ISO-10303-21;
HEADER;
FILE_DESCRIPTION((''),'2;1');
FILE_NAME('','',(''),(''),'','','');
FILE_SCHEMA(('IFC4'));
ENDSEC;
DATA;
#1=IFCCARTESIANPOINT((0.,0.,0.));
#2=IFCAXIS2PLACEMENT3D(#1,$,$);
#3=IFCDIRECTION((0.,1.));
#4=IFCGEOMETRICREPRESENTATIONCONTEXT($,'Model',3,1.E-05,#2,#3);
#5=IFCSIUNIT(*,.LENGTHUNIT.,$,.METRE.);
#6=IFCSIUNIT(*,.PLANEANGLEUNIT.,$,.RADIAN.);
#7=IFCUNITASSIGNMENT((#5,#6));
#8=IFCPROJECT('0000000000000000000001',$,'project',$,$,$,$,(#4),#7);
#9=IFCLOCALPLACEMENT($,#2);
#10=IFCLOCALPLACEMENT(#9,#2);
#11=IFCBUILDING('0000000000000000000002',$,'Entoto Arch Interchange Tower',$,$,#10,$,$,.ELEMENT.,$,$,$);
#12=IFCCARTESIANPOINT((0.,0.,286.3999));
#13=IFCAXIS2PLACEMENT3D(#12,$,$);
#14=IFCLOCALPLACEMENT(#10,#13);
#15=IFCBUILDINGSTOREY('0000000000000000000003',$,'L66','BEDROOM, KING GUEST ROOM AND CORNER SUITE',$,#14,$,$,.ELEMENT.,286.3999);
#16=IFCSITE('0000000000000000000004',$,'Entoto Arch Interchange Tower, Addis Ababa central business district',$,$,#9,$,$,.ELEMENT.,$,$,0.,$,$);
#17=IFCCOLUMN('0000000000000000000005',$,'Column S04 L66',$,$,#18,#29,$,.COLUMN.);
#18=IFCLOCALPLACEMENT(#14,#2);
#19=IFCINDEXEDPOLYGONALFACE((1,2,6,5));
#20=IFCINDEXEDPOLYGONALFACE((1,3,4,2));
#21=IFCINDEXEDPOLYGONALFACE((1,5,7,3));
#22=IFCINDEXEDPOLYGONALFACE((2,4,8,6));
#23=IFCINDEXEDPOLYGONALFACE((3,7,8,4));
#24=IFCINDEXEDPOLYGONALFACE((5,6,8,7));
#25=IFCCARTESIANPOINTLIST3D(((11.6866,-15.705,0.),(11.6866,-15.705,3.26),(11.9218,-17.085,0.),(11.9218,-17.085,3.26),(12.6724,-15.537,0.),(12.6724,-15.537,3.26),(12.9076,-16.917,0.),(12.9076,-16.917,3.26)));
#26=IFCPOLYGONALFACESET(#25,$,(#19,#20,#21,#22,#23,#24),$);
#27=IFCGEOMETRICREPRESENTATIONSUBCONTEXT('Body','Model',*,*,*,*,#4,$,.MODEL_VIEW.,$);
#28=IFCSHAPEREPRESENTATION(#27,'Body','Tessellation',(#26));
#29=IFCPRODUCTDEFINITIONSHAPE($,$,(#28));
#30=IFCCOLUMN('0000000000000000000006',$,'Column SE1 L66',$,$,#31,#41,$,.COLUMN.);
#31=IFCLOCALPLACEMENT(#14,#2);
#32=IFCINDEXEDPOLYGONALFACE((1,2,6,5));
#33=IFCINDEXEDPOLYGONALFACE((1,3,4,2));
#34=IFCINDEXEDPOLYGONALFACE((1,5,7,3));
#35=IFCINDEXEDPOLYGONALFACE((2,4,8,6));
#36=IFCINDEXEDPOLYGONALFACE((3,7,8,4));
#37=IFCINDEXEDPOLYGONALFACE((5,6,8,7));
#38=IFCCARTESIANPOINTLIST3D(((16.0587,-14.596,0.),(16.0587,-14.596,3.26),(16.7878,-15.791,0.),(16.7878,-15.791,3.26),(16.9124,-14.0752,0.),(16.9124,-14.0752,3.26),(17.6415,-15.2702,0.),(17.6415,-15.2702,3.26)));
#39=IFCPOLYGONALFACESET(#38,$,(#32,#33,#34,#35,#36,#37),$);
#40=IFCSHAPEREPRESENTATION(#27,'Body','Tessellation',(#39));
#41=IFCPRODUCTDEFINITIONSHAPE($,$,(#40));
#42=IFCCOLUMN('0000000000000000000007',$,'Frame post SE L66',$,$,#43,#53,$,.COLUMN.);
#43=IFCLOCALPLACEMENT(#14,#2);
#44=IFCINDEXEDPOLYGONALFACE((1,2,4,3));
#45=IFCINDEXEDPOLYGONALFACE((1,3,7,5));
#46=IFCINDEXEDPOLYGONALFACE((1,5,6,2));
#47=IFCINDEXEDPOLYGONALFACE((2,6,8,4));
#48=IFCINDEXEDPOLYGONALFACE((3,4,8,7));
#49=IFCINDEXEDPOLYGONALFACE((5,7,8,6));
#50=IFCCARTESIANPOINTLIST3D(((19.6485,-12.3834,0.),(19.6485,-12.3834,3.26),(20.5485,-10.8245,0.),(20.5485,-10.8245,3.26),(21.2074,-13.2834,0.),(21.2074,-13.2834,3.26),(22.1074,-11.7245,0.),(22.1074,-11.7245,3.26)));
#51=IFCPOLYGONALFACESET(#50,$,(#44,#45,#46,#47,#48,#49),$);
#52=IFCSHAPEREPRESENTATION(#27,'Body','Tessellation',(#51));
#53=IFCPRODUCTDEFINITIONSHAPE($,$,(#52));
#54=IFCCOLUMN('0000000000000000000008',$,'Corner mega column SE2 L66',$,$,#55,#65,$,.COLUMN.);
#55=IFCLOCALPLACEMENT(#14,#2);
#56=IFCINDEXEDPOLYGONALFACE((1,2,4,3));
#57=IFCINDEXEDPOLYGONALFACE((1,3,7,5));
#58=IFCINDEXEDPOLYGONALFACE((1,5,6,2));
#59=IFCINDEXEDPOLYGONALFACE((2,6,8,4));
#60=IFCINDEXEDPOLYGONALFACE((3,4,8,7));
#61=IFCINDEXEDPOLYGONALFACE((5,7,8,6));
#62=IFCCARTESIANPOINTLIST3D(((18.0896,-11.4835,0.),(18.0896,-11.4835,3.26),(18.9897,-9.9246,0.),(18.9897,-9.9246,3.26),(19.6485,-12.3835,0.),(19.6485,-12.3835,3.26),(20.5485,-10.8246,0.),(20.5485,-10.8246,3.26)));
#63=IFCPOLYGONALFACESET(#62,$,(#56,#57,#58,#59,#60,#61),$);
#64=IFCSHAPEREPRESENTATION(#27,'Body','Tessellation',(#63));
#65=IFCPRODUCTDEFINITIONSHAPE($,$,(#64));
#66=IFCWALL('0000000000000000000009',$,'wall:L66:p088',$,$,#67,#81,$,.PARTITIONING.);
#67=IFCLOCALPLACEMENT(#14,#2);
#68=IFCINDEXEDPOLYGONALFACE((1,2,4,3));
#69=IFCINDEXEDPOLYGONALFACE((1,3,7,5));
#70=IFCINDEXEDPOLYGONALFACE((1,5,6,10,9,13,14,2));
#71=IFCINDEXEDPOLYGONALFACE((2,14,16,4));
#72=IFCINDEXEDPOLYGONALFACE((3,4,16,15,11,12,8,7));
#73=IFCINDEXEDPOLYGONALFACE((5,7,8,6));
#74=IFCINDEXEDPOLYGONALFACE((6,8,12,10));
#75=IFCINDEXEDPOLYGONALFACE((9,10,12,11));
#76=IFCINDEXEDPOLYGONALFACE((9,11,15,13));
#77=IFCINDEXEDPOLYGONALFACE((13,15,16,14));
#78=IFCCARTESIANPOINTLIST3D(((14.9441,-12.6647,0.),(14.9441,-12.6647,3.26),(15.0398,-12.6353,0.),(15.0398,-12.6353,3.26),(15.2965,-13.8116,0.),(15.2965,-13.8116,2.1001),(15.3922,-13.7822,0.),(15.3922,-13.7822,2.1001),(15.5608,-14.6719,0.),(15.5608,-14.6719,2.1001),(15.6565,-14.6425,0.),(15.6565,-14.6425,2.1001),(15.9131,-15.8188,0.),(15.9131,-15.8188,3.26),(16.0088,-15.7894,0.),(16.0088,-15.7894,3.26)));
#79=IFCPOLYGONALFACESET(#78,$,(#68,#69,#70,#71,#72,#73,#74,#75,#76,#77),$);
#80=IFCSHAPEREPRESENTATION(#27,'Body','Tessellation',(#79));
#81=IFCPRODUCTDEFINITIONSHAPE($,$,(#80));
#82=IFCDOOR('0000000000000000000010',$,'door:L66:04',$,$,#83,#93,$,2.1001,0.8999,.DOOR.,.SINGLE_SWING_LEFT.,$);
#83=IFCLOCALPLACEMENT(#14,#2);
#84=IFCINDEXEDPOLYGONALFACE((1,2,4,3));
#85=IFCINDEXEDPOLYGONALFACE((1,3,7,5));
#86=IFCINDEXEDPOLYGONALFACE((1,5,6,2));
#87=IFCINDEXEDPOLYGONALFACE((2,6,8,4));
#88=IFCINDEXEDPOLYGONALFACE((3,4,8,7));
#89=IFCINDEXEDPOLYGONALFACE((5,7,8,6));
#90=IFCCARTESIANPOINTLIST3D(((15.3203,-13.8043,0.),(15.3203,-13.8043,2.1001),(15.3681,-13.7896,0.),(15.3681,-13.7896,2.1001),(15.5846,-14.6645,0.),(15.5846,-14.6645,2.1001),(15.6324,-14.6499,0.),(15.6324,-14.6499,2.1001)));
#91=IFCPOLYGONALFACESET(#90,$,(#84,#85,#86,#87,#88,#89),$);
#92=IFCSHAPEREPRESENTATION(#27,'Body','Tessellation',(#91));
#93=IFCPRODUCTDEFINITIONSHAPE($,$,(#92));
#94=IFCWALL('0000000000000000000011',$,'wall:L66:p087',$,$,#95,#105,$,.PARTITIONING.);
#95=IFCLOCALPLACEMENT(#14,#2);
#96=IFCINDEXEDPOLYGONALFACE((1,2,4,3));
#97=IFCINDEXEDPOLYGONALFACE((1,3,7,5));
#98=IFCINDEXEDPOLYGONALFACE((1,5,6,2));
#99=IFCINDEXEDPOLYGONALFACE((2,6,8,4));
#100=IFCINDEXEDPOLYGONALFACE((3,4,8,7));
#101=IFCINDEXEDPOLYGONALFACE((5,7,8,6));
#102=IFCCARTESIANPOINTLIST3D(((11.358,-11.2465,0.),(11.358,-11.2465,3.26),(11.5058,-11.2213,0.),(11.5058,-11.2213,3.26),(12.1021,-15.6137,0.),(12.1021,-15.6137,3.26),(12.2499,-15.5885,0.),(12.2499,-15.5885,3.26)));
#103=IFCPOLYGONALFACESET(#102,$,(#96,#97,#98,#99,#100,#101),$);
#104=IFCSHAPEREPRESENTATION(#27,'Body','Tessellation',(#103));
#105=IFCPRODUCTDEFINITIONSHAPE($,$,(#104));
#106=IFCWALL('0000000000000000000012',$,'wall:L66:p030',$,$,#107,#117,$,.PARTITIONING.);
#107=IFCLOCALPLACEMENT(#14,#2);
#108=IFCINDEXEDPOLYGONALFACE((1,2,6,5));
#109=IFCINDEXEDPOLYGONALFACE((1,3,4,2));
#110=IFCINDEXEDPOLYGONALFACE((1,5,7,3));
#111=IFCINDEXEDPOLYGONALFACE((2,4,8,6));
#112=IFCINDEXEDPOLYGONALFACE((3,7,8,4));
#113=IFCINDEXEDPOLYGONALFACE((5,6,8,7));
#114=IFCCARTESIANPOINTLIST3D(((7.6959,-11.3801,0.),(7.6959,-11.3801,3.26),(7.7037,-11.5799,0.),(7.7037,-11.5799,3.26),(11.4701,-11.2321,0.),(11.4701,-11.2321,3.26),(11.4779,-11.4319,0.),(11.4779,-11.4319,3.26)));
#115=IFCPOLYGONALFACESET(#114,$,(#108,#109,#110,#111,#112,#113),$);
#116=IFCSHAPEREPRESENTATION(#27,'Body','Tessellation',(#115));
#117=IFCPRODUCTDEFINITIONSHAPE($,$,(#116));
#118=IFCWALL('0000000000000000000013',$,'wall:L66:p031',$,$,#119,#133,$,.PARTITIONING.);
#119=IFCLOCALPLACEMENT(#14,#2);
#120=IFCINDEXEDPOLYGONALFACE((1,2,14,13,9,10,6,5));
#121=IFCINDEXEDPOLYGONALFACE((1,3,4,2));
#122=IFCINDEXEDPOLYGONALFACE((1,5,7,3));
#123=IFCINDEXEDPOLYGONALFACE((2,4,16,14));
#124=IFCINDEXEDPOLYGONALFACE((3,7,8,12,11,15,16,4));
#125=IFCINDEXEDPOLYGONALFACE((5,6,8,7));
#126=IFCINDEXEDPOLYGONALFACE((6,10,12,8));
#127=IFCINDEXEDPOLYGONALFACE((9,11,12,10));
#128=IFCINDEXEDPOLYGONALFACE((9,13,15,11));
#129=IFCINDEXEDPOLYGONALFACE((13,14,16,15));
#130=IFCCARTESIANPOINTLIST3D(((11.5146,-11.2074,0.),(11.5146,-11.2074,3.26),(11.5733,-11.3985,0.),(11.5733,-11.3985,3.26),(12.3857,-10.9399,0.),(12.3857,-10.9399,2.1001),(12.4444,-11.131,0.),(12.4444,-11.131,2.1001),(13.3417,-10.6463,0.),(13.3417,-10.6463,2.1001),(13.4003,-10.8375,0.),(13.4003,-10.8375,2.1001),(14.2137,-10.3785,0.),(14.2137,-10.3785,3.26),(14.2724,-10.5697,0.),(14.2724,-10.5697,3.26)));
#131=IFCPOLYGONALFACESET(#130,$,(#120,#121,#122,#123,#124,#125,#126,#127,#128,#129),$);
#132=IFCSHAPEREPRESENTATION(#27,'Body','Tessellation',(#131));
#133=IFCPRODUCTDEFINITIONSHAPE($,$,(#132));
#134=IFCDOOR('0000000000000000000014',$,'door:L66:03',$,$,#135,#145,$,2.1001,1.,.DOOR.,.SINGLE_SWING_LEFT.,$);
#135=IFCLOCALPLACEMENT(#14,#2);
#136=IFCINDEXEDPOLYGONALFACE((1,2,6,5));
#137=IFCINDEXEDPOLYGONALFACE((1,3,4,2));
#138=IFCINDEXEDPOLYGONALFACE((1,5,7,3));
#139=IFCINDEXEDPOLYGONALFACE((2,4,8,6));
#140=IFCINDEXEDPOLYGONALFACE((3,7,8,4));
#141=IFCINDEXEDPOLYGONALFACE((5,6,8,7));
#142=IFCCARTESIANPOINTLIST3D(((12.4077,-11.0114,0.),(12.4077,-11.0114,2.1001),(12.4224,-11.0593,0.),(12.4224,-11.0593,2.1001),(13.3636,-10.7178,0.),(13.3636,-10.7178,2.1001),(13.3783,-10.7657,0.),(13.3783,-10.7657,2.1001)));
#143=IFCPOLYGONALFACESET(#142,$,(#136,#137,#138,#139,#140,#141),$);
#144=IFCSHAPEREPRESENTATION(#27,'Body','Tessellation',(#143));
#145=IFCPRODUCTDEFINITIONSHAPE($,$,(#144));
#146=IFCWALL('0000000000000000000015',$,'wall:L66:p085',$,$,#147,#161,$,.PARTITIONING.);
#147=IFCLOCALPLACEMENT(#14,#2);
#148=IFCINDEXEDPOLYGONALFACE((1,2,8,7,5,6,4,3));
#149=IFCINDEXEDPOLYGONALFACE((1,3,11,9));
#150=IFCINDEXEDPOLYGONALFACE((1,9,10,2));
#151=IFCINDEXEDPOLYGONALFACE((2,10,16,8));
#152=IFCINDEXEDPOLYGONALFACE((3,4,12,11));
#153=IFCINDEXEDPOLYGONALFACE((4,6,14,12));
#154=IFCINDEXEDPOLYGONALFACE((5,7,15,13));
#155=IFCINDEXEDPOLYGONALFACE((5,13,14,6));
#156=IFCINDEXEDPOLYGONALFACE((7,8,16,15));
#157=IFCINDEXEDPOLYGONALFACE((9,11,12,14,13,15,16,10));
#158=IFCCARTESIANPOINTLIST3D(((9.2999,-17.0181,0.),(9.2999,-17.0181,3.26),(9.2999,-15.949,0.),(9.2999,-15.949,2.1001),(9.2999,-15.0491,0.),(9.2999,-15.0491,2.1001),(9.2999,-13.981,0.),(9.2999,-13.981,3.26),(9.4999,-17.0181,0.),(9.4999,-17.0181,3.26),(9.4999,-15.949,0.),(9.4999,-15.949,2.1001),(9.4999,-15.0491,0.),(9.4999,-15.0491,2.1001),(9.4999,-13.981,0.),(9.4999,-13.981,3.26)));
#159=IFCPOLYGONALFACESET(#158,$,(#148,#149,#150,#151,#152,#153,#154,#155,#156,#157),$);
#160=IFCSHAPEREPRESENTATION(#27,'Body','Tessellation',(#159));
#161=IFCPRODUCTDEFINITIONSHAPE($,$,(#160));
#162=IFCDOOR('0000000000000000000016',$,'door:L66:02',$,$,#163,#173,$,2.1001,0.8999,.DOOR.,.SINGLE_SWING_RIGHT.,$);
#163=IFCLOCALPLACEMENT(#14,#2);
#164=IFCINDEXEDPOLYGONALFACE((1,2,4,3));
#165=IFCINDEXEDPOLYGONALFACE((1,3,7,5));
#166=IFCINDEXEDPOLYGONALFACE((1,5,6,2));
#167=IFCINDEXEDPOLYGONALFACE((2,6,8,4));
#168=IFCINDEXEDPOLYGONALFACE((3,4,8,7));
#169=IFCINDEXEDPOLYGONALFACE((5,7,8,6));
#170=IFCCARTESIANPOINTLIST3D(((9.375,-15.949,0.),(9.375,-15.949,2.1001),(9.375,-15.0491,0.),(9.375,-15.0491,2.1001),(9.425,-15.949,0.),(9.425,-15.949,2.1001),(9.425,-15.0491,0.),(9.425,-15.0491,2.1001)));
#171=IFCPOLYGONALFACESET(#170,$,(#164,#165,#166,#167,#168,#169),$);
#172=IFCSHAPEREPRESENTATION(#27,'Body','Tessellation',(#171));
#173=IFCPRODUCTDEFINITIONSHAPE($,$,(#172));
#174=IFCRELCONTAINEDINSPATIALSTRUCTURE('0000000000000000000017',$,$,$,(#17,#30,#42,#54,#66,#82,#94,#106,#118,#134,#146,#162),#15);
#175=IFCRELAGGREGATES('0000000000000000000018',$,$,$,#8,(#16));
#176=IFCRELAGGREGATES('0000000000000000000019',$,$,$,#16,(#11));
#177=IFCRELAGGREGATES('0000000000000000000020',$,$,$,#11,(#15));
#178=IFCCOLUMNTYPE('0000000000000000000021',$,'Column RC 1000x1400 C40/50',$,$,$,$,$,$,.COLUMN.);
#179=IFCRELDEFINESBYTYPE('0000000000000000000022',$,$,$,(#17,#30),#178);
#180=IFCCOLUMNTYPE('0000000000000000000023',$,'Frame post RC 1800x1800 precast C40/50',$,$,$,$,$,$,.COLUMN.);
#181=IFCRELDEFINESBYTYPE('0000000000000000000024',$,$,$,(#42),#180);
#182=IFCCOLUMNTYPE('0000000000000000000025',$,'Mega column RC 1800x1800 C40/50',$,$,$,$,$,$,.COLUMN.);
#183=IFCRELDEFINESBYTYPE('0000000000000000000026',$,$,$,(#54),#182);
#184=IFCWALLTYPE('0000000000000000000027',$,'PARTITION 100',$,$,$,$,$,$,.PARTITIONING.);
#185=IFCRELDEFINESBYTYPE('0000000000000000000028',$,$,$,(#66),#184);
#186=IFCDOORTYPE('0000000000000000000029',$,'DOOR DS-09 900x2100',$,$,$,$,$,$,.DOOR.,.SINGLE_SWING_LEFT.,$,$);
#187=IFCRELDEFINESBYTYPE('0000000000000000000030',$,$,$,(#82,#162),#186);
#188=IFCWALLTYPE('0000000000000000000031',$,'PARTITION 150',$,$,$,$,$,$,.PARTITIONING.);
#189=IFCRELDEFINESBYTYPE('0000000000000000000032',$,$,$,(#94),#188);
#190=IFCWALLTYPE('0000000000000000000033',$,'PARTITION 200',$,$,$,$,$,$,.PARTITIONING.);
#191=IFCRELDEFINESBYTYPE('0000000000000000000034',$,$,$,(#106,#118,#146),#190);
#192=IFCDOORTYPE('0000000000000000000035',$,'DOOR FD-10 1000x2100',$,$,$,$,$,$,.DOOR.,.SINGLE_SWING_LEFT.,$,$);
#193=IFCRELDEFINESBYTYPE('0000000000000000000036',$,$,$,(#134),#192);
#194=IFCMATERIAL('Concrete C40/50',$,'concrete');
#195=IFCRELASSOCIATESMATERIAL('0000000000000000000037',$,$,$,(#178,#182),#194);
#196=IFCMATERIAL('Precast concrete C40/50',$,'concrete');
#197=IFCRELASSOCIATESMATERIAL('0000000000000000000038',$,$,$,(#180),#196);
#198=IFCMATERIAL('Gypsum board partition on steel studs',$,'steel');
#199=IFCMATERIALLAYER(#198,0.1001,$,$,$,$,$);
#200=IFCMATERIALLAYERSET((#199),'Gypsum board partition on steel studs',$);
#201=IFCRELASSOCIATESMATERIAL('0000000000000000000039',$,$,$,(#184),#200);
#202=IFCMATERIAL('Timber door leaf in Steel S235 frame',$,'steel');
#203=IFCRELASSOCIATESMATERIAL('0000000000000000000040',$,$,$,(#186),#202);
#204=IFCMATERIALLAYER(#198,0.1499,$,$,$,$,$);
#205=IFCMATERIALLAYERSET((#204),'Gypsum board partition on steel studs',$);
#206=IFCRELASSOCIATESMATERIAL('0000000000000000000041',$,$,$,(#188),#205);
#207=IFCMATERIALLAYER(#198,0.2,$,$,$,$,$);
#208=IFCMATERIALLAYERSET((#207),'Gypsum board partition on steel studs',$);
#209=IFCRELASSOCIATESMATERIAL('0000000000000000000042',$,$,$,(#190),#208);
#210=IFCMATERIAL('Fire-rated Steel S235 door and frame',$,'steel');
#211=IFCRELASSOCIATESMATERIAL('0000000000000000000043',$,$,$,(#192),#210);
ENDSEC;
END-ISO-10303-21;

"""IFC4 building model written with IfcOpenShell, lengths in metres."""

from ifc_helpers import new_model, si_unit, direction, frame, frame_2d, origin, origin_2d, place, context, subcontext, project, spatial, rectangle, extrude, material, layer, layer_set, material_profile, profile_set, type_object, element, fill, save


model = new_model("IFC4")

# Units and contexts
model_context = context("Model", 3, precision=1e-05, world=origin(), true_north=direction((0.0, 1.0)))
body_context = subcontext(model_context, "Body", "Model", "MODEL_VIEW")
ifc_project = project(units=[si_unit("LENGTHUNIT", "METRE"), si_unit("PLANEANGLEUNIT", "RADIAN")], contexts=[model_context])

# Site, building, storey
site_placement = place(None, origin())
site = spatial("IfcSite", under=ifc_project, at=site_placement, Name="Entoto Arch Interchange Tower, Addis Ababa central business district", CompositionType="ELEMENT", RefElevation=0.0)
building_placement = place(site_placement, origin())
building = spatial("IfcBuilding", under=site, at=building_placement, Name="Entoto Arch Interchange Tower", CompositionType="ELEMENT")
storey_placement = place(building_placement, frame((0.0, 0.0, 286.3999)))
storey = spatial("IfcBuildingStorey", under=building, at=storey_placement, Name="L66", Description="BEDROOM, KING GUEST ROOM AND CORNER SUITE", CompositionType="ELEMENT", Elevation=286.3999)

# Columns
ifc_material_1 = material(Name="Concrete C40/50", Category="concrete")
ifc_material_profile_1 = material_profile(ifc_material_1, rectangle(XDim=1.0, YDim=1.3999, at=origin_2d()))
ifc_profile_set_1 = profile_set([ifc_material_profile_1], Name="Concrete C40/50")
column_type_1 = type_object("IfcColumnType", Name="Column RC 1000x1400 C40/50", PredefinedType="COLUMN", material=ifc_profile_set_1)
for number, where, z_axis, x_axis, name in (
    (1, (12.2971, -16.311, 0.0), (0.0, 0.0, 1.0), (0.985786, 0.168008, 0.0), "Column S04 L66"),
    (2, (16.8501, -14.9331, 0.0), (0.0, 0.0, 1.0), (0.853651, 0.520846, 0.0), "Column SE1 L66"),
):
    element("IfcColumn", number, at=place(storey_placement, frame(where, z_axis=z_axis, x_axis=x_axis)), inside=storey, type_object=column_type_1, Name=name, PredefinedType="COLUMN", context=body_context, shape_type="SweptSolid", body=[
        extrude(rectangle(XDim=1.0, YDim=1.3999, at=origin_2d()), origin(), (0.0, 0.0, 1.0), 3.26),
    ])
ifc_material_2 = material(Name="Precast concrete C40/50", Category="concrete")
ifc_material_profile_2 = material_profile(ifc_material_2, rectangle(XDim=1.8, YDim=1.8, at=origin_2d()))
ifc_profile_set_2 = profile_set([ifc_material_profile_2], Name="Precast concrete C40/50")
column_type_2 = type_object("IfcColumnType", Name="Frame post RC 1800x1800 precast C40/50", PredefinedType="COLUMN", material=ifc_profile_set_2)
column_1_placement = place(storey_placement, frame((20.8779, -12.054, 0.0), z_axis=(0.0, 0.0, 1.0), x_axis=(-0.866025, 0.5, 0.0)))
element("IfcColumn", 3, at=column_1_placement, inside=storey, type_object=column_type_2, Name="Frame post SE L66", PredefinedType="COLUMN", context=body_context, shape_type="SweptSolid", body=[
    extrude(rectangle(XDim=1.8, YDim=1.8, at=origin_2d()), origin(), (0.0, 0.0, 1.0), 3.26),
])
ifc_material_profile_3 = material_profile(ifc_material_1, rectangle(XDim=1.8, YDim=1.8, at=origin_2d()))
ifc_profile_set_3 = profile_set([ifc_material_profile_3], Name="Concrete C40/50")
column_type_3 = type_object("IfcColumnType", Name="Mega column RC 1800x1800 C40/50", PredefinedType="COLUMN", material=ifc_profile_set_3)
column_2_placement = place(storey_placement, frame((19.3191, -11.1541, 0.0), z_axis=(0.0, 0.0, 1.0), x_axis=(-0.866025, 0.5, 0.0)))
element("IfcColumn", 4, at=column_2_placement, inside=storey, type_object=column_type_3, Name="Corner mega column SE2 L66", PredefinedType="COLUMN", context=body_context, shape_type="SweptSolid", body=[
    extrude(rectangle(XDim=1.8, YDim=1.8, at=origin_2d()), origin(), (0.0, 0.0, 1.0), 3.26),
])

# Wall, opening, door
ifc_material_3 = material(Name="Gypsum board partition on steel studs", Category="steel")
ifc_layer_1 = layer(ifc_material_3, 0.1001)
ifc_layer_set_1 = layer_set([ifc_layer_1], Name="Gypsum board partition on steel studs")
wall_type_1 = type_object("IfcWallType", Name="PARTITION 100", PredefinedType="PARTITIONING", material=ifc_layer_set_1)
wall_1_placement = place(storey_placement, frame((14.9919, -12.6499, 0.0), z_axis=(0.0, 0.0, 1.0), x_axis=(0.293675, -0.955905, 0.0)))
wall_1 = element("IfcWall", 5, at=wall_1_placement, inside=storey, type_object=wall_type_1, Name="wall:L66:p088", PredefinedType="PARTITIONING", context=body_context, shape_type="SweptSolid", body=[
    extrude(rectangle(XDim=3.2996, YDim=0.1001, at=frame_2d((1.6499, 0.0))), origin(), (0.0, 0.0, 1.0), 3.26),
])
opening_1_placement = place(wall_1_placement, frame((1.2, 0.0, 0.0)))
opening_1 = element("IfcOpeningElement", 6, at=opening_1_placement, cuts=wall_1, PredefinedType="OPENING", context=body_context, shape_type="SweptSolid", body=[
    extrude(rectangle(XDim=0.8999, YDim=2.1001, at=frame_2d((0.45, 1.05))), frame((0.0, 0.0601, 0.0), z_axis=(0.0, -1.0, 0.0), x_axis=(1.0, 0.0, 0.0)), (0.0, 0.0, 1.0), 0.1201),
])
ifc_material_4 = material(Name="Timber door leaf in Steel S235 frame", Category="steel")
door_type_1 = type_object("IfcDoorType", Name="DOOR DS-09 900x2100", OperationType="SINGLE_SWING_LEFT", PredefinedType="DOOR", material=ifc_material_4)
door_1_placement = place(opening_1_placement, origin())
door_1 = element("IfcDoor", 7, at=door_1_placement, inside=storey, type_object=door_type_1, Name="door:L66:04", OperationType="SINGLE_SWING_LEFT", OverallHeight=2.1001, OverallWidth=0.8999, PredefinedType="DOOR", context=body_context, shape_type="SweptSolid", body=[
    extrude(rectangle(XDim=0.8999, YDim=2.1001, at=frame_2d((0.45, 1.05))), frame((0.0, 0.0249, 0.0), z_axis=(0.0, -1.0, 0.0), x_axis=(1.0, 0.0, 0.0)), (0.0, 0.0, 1.0), 0.05),
])
fill(opening_1, door_1)

# Walls
ifc_layer_2 = layer(ifc_material_3, 0.1499)
ifc_layer_set_2 = layer_set([ifc_layer_2], Name="Gypsum board partition on steel studs")
wall_type_2 = type_object("IfcWallType", Name="PARTITION 150", PredefinedType="PARTITIONING", material=ifc_layer_set_2)
wall_2_placement = place(storey_placement, frame((11.4319, -11.2339, 0.0), z_axis=(0.0, 0.0, 1.0), x_axis=(0.167973, -0.985792, 0.0)))
element("IfcWall", 8, at=wall_2_placement, inside=storey, type_object=wall_type_2, Name="wall:L66:p087", PredefinedType="PARTITIONING", context=body_context, shape_type="SweptSolid", body=[
    extrude(rectangle(XDim=4.4302, YDim=0.1499, at=frame_2d((2.2151, 0.0))), origin(), (0.0, 0.0, 1.0), 3.26),
])
ifc_layer_3 = layer(ifc_material_3, 0.2)
ifc_layer_set_3 = layer_set([ifc_layer_3], Name="Gypsum board partition on steel studs")
wall_type_3 = type_object("IfcWallType", Name="PARTITION 200", PredefinedType="PARTITIONING", material=ifc_layer_set_3)
wall_3_placement = place(storey_placement, frame((11.4741, -11.332, 0.0), z_axis=(0.0, 0.0, 1.0), x_axis=(-0.999233, -0.03917, 0.0)))
element("IfcWall", 9, at=wall_3_placement, inside=storey, type_object=wall_type_3, Name="wall:L66:p030", PredefinedType="PARTITIONING", context=body_context, shape_type="SweptSolid", body=[
    extrude(rectangle(XDim=3.7771, YDim=0.2, at=frame_2d((1.8887, 0.0))), origin(), (0.0, 0.0, 1.0), 3.26),
])

# Walls, openings, doors
wall_4_placement = place(storey_placement, frame((14.2429, -10.4741, 0.0), z_axis=(0.0, 0.0, 1.0), x_axis=(-0.955938, -0.293569, 0.0)))
wall_4 = element("IfcWall", 10, at=wall_4_placement, inside=storey, type_object=wall_type_3, Name="wall:L66:p031", PredefinedType="PARTITIONING", context=body_context, shape_type="SweptSolid", body=[
    extrude(rectangle(XDim=2.8235, YDim=0.2, at=frame_2d((1.4116, 0.0))), origin(), (0.0, 0.0, 1.0), 3.26),
])
opening_2_placement = place(wall_4_placement, frame((0.9121, 0.0, 0.0)))
opening_2 = element("IfcOpeningElement", 11, at=opening_2_placement, cuts=wall_4, PredefinedType="OPENING", context=body_context, shape_type="SweptSolid", body=[
    extrude(rectangle(XDim=1.0, YDim=2.1001, at=frame_2d((0.5, 1.05))), frame((0.0, 0.1099, 0.0), z_axis=(0.0, -1.0, 0.0), x_axis=(1.0, 0.0, 0.0)), (0.0, 0.0, 1.0), 0.22),
])
ifc_material_5 = material(Name="Fire-rated Steel S235 door and frame", Category="steel")
door_type_2 = type_object("IfcDoorType", Name="DOOR FD-10 1000x2100", OperationType="SINGLE_SWING_LEFT", PredefinedType="DOOR", material=ifc_material_5)
door_2_placement = place(opening_2_placement, origin())
door_2 = element("IfcDoor", 12, at=door_2_placement, inside=storey, type_object=door_type_2, Name="door:L66:03", OperationType="SINGLE_SWING_LEFT", OverallHeight=2.1001, OverallWidth=1.0, PredefinedType="DOOR", context=body_context, shape_type="SweptSolid", body=[
    extrude(rectangle(XDim=1.0, YDim=2.1001, at=frame_2d((0.5, 1.05))), frame((0.0, 0.0249, 0.0), z_axis=(0.0, -1.0, 0.0), x_axis=(1.0, 0.0, 0.0)), (0.0, 0.0, 1.0), 0.05),
])
fill(opening_2, door_2)
wall_5_placement = place(storey_placement, frame((9.3999, -17.0181, 0.0), z_axis=(0.0, 0.0, 1.0), x_axis=(0.0, 1.0, 0.0)))
wall_5 = element("IfcWall", 13, at=wall_5_placement, inside=storey, type_object=wall_type_3, Name="wall:L66:p085", PredefinedType="PARTITIONING", context=body_context, shape_type="SweptSolid", body=[
    extrude(rectangle(XDim=3.0371, YDim=0.2, at=frame_2d((1.5186, 0.0))), origin(), (0.0, 0.0, 1.0), 3.26),
])
opening_3_placement = place(wall_5_placement, frame((1.0691, 0.0, 0.0)))
opening_3 = element("IfcOpeningElement", 14, at=opening_3_placement, cuts=wall_5, PredefinedType="OPENING", context=body_context, shape_type="SweptSolid", body=[
    extrude(rectangle(XDim=0.8999, YDim=2.1001, at=frame_2d((0.45, 1.05))), frame((0.0, 0.1099, 0.0), z_axis=(0.0, -1.0, 0.0), x_axis=(1.0, 0.0, 0.0)), (0.0, 0.0, 1.0), 0.22),
])
door_3_placement = place(opening_3_placement, origin())
door_3 = element("IfcDoor", 15, at=door_3_placement, inside=storey, type_object=door_type_1, Name="door:L66:02", OperationType="SINGLE_SWING_RIGHT", OverallHeight=2.1001, OverallWidth=0.8999, PredefinedType="DOOR", context=body_context, shape_type="SweptSolid", body=[
    extrude(rectangle(XDim=0.8999, YDim=2.1001, at=frame_2d((0.45, 1.05))), frame((0.0, 0.0249, 0.0), z_axis=(0.0, -1.0, 0.0), x_axis=(1.0, 0.0, 0.0)), (0.0, 0.0, 1.0), 0.05),
])
fill(opening_3, door_3)

save(model, "model.ifc")
